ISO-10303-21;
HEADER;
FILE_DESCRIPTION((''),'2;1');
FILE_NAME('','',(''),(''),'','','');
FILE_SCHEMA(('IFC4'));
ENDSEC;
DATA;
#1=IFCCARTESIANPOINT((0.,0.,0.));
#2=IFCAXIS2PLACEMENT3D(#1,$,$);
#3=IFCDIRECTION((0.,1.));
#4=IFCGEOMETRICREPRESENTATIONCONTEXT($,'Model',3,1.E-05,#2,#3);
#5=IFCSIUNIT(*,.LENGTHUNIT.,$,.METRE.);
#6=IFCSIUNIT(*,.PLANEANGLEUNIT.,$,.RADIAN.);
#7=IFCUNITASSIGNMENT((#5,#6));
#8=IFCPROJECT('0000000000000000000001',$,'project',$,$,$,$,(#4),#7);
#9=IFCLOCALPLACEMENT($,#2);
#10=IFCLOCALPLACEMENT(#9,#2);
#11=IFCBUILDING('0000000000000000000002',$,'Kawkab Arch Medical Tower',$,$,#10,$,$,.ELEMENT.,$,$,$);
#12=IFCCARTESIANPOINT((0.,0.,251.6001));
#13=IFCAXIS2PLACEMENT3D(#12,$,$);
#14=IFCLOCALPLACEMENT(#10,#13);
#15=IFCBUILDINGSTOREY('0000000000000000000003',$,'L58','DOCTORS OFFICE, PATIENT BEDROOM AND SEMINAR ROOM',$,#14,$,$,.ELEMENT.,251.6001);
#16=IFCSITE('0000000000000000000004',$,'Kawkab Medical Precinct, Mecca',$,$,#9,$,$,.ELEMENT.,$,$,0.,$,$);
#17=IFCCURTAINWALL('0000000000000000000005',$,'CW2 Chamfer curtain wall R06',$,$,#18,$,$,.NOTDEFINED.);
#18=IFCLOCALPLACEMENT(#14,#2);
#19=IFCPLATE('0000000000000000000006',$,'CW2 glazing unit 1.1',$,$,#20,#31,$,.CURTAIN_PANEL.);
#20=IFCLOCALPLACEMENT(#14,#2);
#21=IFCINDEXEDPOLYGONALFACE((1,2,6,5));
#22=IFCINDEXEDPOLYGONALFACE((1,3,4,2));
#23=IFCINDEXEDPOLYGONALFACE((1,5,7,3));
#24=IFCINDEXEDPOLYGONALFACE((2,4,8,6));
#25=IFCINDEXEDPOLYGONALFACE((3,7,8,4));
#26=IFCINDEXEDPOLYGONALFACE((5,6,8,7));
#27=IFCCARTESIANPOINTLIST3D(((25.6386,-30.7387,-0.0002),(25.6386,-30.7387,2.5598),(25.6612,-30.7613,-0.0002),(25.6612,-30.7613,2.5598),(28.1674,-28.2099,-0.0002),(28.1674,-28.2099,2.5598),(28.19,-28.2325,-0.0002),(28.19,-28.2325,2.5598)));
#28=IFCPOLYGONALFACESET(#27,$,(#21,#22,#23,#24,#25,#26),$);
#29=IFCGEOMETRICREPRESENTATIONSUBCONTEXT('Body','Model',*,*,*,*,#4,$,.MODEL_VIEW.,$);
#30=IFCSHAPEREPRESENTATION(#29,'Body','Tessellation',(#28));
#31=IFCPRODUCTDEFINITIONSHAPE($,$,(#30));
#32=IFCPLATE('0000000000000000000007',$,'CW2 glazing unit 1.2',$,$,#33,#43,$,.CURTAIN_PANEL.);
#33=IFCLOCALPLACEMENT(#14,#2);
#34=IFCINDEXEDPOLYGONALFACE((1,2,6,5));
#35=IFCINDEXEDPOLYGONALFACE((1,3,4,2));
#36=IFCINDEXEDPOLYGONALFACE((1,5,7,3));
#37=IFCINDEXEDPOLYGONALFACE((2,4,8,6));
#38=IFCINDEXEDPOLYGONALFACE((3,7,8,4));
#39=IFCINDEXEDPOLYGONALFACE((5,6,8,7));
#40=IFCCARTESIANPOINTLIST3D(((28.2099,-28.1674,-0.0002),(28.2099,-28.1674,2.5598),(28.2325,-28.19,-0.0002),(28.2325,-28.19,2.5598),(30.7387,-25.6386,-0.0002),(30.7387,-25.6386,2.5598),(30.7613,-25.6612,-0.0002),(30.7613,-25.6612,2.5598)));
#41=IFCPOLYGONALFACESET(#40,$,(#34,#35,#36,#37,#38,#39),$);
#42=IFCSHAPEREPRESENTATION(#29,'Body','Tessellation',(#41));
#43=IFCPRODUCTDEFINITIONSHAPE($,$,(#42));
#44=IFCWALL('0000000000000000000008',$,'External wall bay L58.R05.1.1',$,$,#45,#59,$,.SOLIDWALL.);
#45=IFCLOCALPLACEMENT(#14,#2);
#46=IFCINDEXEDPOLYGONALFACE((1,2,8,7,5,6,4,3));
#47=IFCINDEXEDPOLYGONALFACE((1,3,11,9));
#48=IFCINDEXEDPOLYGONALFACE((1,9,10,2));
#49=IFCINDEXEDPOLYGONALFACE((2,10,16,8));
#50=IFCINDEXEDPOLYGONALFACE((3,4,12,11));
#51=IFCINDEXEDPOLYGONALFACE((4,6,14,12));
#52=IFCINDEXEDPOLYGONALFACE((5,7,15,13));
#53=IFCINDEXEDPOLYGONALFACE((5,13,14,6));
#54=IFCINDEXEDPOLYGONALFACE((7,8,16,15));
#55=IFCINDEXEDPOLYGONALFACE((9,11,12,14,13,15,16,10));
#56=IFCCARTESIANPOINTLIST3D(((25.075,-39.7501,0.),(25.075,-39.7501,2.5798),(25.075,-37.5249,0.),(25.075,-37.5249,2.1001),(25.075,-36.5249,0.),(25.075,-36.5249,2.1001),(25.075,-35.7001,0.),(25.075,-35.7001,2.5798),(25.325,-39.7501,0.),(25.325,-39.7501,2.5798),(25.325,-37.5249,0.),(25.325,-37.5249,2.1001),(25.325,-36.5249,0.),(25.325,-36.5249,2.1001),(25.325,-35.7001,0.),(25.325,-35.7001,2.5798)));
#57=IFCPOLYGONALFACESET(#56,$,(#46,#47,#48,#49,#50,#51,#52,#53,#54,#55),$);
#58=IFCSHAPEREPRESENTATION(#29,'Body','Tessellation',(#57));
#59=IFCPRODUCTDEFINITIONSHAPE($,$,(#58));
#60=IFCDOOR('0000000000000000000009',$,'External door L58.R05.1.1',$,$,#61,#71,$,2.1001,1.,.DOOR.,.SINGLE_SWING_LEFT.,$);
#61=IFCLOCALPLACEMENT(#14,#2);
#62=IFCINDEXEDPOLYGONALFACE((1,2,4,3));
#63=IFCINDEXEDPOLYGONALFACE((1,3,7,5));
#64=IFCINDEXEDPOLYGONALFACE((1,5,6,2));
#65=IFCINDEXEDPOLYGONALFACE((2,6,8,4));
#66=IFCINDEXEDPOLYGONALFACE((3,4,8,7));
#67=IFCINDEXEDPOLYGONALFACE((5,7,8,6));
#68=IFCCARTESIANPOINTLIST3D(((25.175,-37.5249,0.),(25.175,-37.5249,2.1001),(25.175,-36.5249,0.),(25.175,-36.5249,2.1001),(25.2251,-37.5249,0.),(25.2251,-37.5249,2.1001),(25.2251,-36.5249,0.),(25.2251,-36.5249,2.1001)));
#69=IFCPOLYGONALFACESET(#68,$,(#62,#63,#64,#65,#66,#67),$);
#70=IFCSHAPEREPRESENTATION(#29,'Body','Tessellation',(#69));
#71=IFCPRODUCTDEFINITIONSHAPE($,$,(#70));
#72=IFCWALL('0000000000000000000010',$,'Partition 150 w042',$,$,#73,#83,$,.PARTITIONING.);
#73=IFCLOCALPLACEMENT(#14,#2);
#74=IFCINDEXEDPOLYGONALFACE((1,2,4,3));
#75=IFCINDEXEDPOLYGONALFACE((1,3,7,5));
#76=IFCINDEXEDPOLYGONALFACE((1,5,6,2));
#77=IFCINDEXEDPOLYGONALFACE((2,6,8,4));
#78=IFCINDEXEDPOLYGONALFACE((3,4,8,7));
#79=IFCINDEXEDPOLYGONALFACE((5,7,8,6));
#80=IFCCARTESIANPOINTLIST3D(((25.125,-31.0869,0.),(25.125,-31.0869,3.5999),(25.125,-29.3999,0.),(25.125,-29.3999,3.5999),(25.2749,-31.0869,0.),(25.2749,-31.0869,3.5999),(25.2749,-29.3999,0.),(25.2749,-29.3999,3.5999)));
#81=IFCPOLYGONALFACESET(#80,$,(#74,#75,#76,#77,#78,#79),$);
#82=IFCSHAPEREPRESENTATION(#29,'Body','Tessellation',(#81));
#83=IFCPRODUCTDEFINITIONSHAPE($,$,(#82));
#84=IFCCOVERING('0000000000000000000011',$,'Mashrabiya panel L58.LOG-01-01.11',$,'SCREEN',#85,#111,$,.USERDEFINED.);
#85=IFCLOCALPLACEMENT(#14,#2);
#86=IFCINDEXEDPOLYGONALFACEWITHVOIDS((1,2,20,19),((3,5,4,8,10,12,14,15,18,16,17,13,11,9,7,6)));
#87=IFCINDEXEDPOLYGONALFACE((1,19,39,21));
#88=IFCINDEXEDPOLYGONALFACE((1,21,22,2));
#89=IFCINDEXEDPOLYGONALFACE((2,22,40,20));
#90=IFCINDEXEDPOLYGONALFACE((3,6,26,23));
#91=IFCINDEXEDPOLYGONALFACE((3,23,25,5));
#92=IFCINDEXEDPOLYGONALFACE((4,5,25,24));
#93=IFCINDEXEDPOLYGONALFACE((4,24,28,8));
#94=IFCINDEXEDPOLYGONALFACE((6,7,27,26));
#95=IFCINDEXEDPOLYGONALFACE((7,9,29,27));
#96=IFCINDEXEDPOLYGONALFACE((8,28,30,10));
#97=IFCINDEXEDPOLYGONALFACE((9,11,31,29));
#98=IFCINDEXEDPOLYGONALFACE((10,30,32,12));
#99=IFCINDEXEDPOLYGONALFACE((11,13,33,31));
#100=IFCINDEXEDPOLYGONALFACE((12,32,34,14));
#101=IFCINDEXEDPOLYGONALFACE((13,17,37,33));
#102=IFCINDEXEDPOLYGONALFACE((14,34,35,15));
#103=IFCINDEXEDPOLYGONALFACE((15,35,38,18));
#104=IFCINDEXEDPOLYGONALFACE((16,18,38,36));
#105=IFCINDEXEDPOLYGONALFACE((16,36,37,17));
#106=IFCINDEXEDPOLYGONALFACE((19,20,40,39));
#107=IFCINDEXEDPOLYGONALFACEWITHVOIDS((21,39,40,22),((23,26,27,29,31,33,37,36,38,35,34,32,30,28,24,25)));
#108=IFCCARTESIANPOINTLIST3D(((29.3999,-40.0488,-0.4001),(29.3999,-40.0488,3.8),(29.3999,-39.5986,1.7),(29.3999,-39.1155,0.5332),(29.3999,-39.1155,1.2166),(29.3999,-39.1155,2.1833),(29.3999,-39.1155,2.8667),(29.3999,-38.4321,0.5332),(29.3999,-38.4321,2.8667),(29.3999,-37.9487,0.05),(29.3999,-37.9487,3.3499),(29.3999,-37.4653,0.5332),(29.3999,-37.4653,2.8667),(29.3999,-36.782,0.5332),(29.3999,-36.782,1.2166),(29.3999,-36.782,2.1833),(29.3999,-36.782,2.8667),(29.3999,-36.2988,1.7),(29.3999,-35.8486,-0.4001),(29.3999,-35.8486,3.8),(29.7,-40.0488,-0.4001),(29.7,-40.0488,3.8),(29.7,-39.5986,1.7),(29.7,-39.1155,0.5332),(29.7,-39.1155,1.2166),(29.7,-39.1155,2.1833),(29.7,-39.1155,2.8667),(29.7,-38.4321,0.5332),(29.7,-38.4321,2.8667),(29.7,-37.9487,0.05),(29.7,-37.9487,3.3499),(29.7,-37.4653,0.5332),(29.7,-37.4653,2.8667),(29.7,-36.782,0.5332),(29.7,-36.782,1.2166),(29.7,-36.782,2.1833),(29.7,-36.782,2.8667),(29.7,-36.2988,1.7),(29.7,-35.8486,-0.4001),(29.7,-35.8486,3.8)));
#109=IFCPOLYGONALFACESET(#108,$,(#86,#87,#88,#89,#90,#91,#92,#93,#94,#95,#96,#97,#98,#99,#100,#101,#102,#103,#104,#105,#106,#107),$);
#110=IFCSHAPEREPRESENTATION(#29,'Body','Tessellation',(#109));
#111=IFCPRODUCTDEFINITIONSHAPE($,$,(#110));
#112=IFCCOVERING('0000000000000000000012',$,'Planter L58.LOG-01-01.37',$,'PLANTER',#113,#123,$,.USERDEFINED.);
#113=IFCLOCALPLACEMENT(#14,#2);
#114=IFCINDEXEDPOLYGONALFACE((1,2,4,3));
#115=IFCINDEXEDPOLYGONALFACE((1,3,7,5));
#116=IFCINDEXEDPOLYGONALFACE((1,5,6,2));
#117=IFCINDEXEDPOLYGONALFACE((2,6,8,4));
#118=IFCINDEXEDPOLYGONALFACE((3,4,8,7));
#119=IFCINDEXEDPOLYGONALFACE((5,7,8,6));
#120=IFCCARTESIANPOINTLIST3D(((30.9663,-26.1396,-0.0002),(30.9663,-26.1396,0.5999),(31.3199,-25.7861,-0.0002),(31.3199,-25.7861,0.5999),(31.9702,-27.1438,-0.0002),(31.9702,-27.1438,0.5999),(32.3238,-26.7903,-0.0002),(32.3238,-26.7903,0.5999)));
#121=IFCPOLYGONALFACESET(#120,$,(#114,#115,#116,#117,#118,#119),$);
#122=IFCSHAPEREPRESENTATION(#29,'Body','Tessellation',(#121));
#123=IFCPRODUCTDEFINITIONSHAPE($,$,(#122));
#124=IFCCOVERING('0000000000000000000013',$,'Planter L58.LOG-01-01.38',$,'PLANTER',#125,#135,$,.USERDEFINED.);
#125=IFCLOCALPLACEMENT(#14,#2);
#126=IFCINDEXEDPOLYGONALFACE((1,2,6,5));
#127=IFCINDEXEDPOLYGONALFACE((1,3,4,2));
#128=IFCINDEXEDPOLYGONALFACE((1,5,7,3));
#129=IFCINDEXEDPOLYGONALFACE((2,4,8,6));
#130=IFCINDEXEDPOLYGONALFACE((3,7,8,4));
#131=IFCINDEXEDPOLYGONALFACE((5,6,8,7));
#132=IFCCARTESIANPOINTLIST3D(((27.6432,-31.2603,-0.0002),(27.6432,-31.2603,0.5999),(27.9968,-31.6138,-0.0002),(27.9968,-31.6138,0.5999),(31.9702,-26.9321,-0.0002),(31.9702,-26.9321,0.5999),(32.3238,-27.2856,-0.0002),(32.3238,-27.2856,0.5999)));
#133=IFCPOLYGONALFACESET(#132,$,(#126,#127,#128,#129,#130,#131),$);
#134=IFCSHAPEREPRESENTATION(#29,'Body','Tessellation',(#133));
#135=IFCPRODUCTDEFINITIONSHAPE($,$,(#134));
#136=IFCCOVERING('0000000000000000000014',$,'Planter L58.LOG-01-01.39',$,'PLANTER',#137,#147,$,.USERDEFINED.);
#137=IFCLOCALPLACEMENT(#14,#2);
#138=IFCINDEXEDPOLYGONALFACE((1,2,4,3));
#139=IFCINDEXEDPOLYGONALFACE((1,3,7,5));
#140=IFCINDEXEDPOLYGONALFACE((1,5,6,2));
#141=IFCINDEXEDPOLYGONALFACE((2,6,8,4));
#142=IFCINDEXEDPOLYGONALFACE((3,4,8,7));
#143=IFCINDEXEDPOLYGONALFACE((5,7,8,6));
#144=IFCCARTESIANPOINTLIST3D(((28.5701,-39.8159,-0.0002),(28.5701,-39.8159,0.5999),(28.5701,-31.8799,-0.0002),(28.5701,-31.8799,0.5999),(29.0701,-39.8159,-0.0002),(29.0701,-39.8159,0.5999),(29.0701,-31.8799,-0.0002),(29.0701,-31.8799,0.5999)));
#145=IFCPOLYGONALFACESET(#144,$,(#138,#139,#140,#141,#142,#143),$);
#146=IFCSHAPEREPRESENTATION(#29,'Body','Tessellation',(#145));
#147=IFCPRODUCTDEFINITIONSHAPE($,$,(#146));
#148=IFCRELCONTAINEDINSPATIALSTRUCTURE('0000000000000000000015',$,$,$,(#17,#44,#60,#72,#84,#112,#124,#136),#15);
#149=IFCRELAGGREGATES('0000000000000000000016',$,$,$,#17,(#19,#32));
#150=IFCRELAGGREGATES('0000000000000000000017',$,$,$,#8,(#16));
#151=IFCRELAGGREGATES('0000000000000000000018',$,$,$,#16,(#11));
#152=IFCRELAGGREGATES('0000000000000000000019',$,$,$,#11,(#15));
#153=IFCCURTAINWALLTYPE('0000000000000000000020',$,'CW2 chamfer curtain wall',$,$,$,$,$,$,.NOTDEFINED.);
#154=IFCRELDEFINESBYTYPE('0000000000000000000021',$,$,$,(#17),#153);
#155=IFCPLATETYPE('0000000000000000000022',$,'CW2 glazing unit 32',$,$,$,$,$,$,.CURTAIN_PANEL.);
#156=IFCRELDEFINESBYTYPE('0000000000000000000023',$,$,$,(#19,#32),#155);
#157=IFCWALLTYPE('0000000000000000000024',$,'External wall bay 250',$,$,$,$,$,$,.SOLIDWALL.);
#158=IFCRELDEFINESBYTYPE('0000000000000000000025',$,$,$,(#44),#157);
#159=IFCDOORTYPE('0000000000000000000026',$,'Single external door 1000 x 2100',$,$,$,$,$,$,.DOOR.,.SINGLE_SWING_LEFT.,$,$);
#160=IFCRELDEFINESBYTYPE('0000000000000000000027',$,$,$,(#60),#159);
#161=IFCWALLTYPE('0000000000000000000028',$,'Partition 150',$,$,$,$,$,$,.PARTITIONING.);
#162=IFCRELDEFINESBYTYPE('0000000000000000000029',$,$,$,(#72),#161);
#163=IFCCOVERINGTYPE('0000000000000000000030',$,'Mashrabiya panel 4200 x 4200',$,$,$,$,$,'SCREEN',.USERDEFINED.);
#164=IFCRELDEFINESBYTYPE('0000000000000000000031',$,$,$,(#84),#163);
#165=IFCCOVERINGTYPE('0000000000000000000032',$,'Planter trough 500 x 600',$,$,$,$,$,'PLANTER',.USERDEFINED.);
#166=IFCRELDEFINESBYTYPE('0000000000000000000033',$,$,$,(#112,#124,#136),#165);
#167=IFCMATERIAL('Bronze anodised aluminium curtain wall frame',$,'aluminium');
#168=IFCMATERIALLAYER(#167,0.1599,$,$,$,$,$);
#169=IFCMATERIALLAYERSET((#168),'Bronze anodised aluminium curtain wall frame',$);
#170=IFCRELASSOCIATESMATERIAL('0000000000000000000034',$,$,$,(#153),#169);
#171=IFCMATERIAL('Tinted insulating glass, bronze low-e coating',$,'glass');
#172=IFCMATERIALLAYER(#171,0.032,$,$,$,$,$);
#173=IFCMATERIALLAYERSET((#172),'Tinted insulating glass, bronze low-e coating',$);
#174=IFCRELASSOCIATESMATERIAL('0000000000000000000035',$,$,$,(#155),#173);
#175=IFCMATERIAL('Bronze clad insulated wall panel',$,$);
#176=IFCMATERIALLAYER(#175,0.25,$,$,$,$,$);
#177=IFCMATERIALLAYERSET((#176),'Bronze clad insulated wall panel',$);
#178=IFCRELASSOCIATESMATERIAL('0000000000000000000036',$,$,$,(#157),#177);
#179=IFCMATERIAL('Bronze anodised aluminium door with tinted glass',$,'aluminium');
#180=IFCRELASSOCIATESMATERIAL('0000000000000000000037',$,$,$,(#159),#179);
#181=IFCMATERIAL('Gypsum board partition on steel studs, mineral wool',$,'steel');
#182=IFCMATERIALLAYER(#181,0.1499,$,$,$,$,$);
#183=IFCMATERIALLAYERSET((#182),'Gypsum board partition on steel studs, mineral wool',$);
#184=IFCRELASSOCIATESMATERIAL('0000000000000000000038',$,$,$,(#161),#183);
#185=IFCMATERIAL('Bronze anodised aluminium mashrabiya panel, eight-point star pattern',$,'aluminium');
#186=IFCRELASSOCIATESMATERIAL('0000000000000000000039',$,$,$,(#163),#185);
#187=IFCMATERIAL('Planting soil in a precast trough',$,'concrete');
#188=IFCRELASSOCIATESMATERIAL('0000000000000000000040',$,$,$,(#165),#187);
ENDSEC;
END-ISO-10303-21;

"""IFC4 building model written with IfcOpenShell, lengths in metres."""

from ifc_helpers import new_model, si_unit, direction, frame, frame_2d, origin, origin_2d, place, context, subcontext, project, spatial, polyline, rectangle, outline, extrude, material, layer, layer_set, material_profile, profile_set, type_object, element, fill, aggregate, save


model = new_model("IFC4")

# Units and contexts
model_context = context("Model", 3, precision=1e-05, world=origin(), true_north=direction((0.0, 1.0)))
body_context = subcontext(model_context, "Body", "Model", "MODEL_VIEW")
ifc_project = project(units=[si_unit("LENGTHUNIT", "METRE"), si_unit("PLANEANGLEUNIT", "RADIAN")], contexts=[model_context])

# Site, building, storey
site_placement = place(None, origin())
site = spatial("IfcSite", under=ifc_project, at=site_placement, Name="Kawkab Medical Precinct, Mecca", CompositionType="ELEMENT", RefElevation=0.0)
building_placement = place(site_placement, origin())
building = spatial("IfcBuilding", under=site, at=building_placement, Name="Kawkab Arch Medical Tower", CompositionType="ELEMENT")
storey_placement = place(building_placement, frame((0.0, 0.0, 251.6001)))
storey = spatial("IfcBuildingStorey", under=building, at=storey_placement, Name="L58", Description="DOCTORS OFFICE, PATIENT BEDROOM AND SEMINAR ROOM", CompositionType="ELEMENT", Elevation=251.6001)

# Shared definitions
placement = place(storey_placement, origin())
ifc_material_1 = material(Name="Bronze anodised aluminium curtain wall frame", Category="aluminium")
ifc_layer_1 = layer(ifc_material_1, 0.1599)
ifc_layer_set_1 = layer_set([ifc_layer_1], Name="Bronze anodised aluminium curtain wall frame")
curtain_wall_type_1 = type_object("IfcCurtainWallType", Name="CW2 chamfer curtain wall", PredefinedType="NOTDEFINED", material=ifc_layer_set_1)

# Curtain wall
curtain_wall_1 = element("IfcCurtainWall", 1, at=placement, inside=storey, type_object=curtain_wall_type_1, Name="CW2 Chamfer curtain wall R06", PredefinedType="NOTDEFINED")

# Plates
ifc_material_2 = material(Name="Tinted insulating glass, bronze low-e coating", Category="glass")
ifc_layer_2 = layer(ifc_material_2, 0.032)
ifc_layer_set_2 = layer_set([ifc_layer_2], Name="Tinted insulating glass, bronze low-e coating")
plate_type_1 = type_object("IfcPlateType", Name="CW2 glazing unit 32", PredefinedType="CURTAIN_PANEL", material=ifc_layer_set_2)
plate_1_placement = place(storey_placement, frame((26.9143, -29.4856, -0.0002), z_axis=(0.0, 0.0, 1.0), x_axis=(0.707107, 0.707107, 0.0)))
plate_1 = element("IfcPlate", 2, at=plate_1_placement, type_object=plate_type_1, Name="CW2 glazing unit 1.1", PredefinedType="CURTAIN_PANEL", context=body_context, shape_type="SweptSolid", body=[
    extrude(rectangle(XDim=3.5762, YDim=0.032, at=origin_2d()), origin(), (0.0, 0.0, 1.0), 2.5601),
])
plate_2_placement = place(storey_placement, frame((29.4856, -26.9143, -0.0002), z_axis=(0.0, 0.0, 1.0), x_axis=(0.707107, 0.707107, 0.0)))
plate_2 = element("IfcPlate", 3, at=plate_2_placement, type_object=plate_type_1, Name="CW2 glazing unit 1.2", PredefinedType="CURTAIN_PANEL", context=body_context, shape_type="SweptSolid", body=[
    extrude(rectangle(XDim=3.5762, YDim=0.032, at=origin_2d()), origin(), (0.0, 0.0, 1.0), 2.5601),
])
aggregate(curtain_wall_1, [plate_1, plate_2])

# Wall, opening, door
ifc_material_3 = material(Name="Bronze clad insulated wall panel")
ifc_layer_3 = layer(ifc_material_3, 0.25)
ifc_layer_set_3 = layer_set([ifc_layer_3], Name="Bronze clad insulated wall panel")
wall_type_1 = type_object("IfcWallType", Name="External wall bay 250", PredefinedType="SOLIDWALL", material=ifc_layer_set_3)
wall_1_placement = place(storey_placement, frame((25.2, -39.75, 0.0), z_axis=(0.0, 0.0, 1.0), x_axis=(0.0, 1.0, 0.0)))
wall_1 = element("IfcWall", 4, at=wall_1_placement, inside=storey, type_object=wall_type_1, Name="External wall bay L58.R05.1.1", PredefinedType="SOLIDWALL", context=body_context, shape_type="SweptSolid", body=[
    extrude(rectangle(XDim=4.05, YDim=0.25, at=frame_2d((2.0249, 0.0))), origin(), (0.0, 0.0, 1.0), 2.5798),
])
opening_placement = place(wall_1_placement, frame((2.2251, 0.0, 0.0)))
opening = element("IfcOpeningElement", 5, at=opening_placement, cuts=wall_1, PredefinedType="OPENING", context=body_context, shape_type="SweptSolid", body=[
    extrude(rectangle(XDim=1.0, YDim=2.1001, at=frame_2d((0.5, 1.05))), frame((0.0, 0.135, 0.0), z_axis=(0.0, -1.0, 0.0), x_axis=(1.0, 0.0, 0.0)), (0.0, 0.0, 1.0), 0.27),
])
ifc_material_4 = material(Name="Bronze anodised aluminium door with tinted glass", Category="aluminium")
door_type = type_object("IfcDoorType", Name="Single external door 1000 x 2100", OperationType="SINGLE_SWING_LEFT", PredefinedType="DOOR", material=ifc_material_4)
door_placement = place(opening_placement, origin())
door = element("IfcDoor", 6, at=door_placement, inside=storey, type_object=door_type, Name="External door L58.R05.1.1", OperationType="SINGLE_SWING_LEFT", OverallHeight=2.1001, OverallWidth=1.0, PredefinedType="DOOR", context=body_context, shape_type="SweptSolid", body=[
    extrude(rectangle(XDim=1.0, YDim=2.1001, at=frame_2d((0.5, 1.05))), frame((0.0, 0.0249, 0.0), z_axis=(0.0, -1.0, 0.0), x_axis=(1.0, 0.0, 0.0)), (0.0, 0.0, 1.0), 0.05),
])
fill(opening, door)

# Wall
ifc_material_5 = material(Name="Gypsum board partition on steel studs, mineral wool", Category="steel")
ifc_layer_4 = layer(ifc_material_5, 0.1499)
ifc_layer_set_4 = layer_set([ifc_layer_4], Name="Gypsum board partition on steel studs, mineral wool")
wall_type_2 = type_object("IfcWallType", Name="Partition 150", PredefinedType="PARTITIONING", material=ifc_layer_set_4)
wall_2_placement = place(storey_placement, frame((25.2, -31.0869, 0.0), z_axis=(0.0, 0.0, 1.0), x_axis=(0.0, 1.0, 0.0)))
element("IfcWall", 7, at=wall_2_placement, inside=storey, type_object=wall_type_2, Name="Partition 150 w042", PredefinedType="PARTITIONING", context=body_context, shape_type="SweptSolid", body=[
    extrude(rectangle(XDim=1.687, YDim=0.1499, at=frame_2d((0.8435, 0.0))), origin(), (0.0, 0.0, 1.0), 3.5999),
])

# Coverings
ifc_material_6 = material(Name="Bronze anodised aluminium mashrabiya panel, eight-point star pattern", Category="aluminium")
ifc_material_profile_1 = material_profile(ifc_material_6, outline(polyline([(-2.1001, -2.1001), (2.1001, -2.1001), (2.1001, 2.1001), (-2.1001, 2.1001), (-2.1001, -2.1001)]), holes=[polyline([(1.6499, 0.0), (1.1667, 0.4834), (1.1667, 1.1667), (0.4834, 1.1667), (0.0, 1.6499), (-0.4834, 1.1667), (-1.1667, 1.1667), (-1.1667, 0.4834), (-1.6499, 0.0), (-1.1667, -0.4834), (-1.1667, -1.1667), (-0.4834, -1.1667), (0.0, -1.6499), (0.4834, -1.1667), (1.1667, -1.1667), (1.1667, -0.4834), (1.6499, 0.0)])]), Name="Mashrabiya panel 4200x4200")
ifc_profile_set_1 = profile_set([ifc_material_profile_1], Name="Bronze anodised aluminium mashrabiya panel, eight-point star pattern")
covering_type_1 = type_object("IfcCoveringType", Name="Mashrabiya panel 4200 x 4200", ElementType="SCREEN", PredefinedType="USERDEFINED", material=ifc_profile_set_1)
covering_1_placement = place(storey_placement, frame((29.3999, -37.9487, 1.7), z_axis=(1.0, 0.0, 0.0), x_axis=(0.0, 1.0, 0.0)))
element("IfcCovering", 8, at=covering_1_placement, inside=storey, type_object=covering_type_1, Name="Mashrabiya panel L58.LOG-01-01.11", ObjectType="SCREEN", PredefinedType="USERDEFINED", context=body_context, shape_type="SweptSolid", body=[
    extrude(outline(polyline([(-2.1001, -2.1001), (2.1001, -2.1001), (2.1001, 2.1001), (-2.1001, 2.1001), (-2.1001, -2.1001)]), holes=[polyline([(1.6499, 0.0), (1.1667, 0.4834), (1.1667, 1.1667), (0.4834, 1.1667), (0.0, 1.6499), (-0.4834, 1.1667), (-1.1667, 1.1667), (-1.1667, 0.4834), (-1.6499, 0.0), (-1.1667, -0.4834), (-1.1667, -1.1667), (-0.4834, -1.1667), (0.0, -1.6499), (0.4834, -1.1667), (1.1667, -1.1667), (1.1667, -0.4834), (1.6499, 0.0)])]), origin(), (0.0, 0.0, 1.0), 0.3),
])
ifc_material_7 = material(Name="Planting soil in a precast trough", Category="concrete")
ifc_material_profile_2 = material_profile(ifc_material_7, rectangle(XDim=0.5, YDim=0.6001, at=origin_2d()), Name="Trough 500x600")
ifc_profile_set_2 = profile_set([ifc_material_profile_2], Name="Planting soil in a precast trough")
covering_type_2 = type_object("IfcCoveringType", Name="Planter trough 500 x 600", ElementType="PLANTER", PredefinedType="USERDEFINED", material=ifc_profile_set_2)
covering_2_placement = place(storey_placement, frame((31.1431, -25.9629, 0.2998), z_axis=(0.707021, -0.707193, 0.0), x_axis=(0.707193, 0.707021, 0.0)))
element("IfcCovering", 9, at=covering_2_placement, inside=storey, type_object=covering_type_2, Name="Planter L58.LOG-01-01.37", ObjectType="PLANTER", PredefinedType="USERDEFINED", context=body_context, shape_type="SweptSolid", body=[
    extrude(rectangle(XDim=0.5, YDim=0.6001, at=origin_2d()), origin(), (0.0, 0.0, 1.0), 1.4199),
])
covering_3_placement = place(storey_placement, frame((32.147, -27.1089, 0.2998), z_axis=(-0.707007, -0.707207, 0.0), x_axis=(0.707207, -0.707007, 0.0)))
element("IfcCovering", 10, at=covering_3_placement, inside=storey, type_object=covering_type_2, Name="Planter L58.LOG-01-01.38", ObjectType="PLANTER", PredefinedType="USERDEFINED", context=body_context, shape_type="SweptSolid", body=[
    extrude(rectangle(XDim=0.5, YDim=0.6001, at=origin_2d()), origin(), (0.0, 0.0, 1.0), 6.1201),
])
covering_4_placement = place(storey_placement, frame((28.8201, -31.8799, 0.2998), z_axis=(0.0, -1.0, 0.0), x_axis=(1.0, 0.0, 0.0)))
element("IfcCovering", 11, at=covering_4_placement, inside=storey, type_object=covering_type_2, Name="Planter L58.LOG-01-01.39", ObjectType="PLANTER", PredefinedType="USERDEFINED", context=body_context, shape_type="SweptSolid", body=[
    extrude(rectangle(XDim=0.5, YDim=0.6001, at=origin_2d()), origin(), (0.0, 0.0, 1.0), 7.936),
])

save(model, "model.ifc")
